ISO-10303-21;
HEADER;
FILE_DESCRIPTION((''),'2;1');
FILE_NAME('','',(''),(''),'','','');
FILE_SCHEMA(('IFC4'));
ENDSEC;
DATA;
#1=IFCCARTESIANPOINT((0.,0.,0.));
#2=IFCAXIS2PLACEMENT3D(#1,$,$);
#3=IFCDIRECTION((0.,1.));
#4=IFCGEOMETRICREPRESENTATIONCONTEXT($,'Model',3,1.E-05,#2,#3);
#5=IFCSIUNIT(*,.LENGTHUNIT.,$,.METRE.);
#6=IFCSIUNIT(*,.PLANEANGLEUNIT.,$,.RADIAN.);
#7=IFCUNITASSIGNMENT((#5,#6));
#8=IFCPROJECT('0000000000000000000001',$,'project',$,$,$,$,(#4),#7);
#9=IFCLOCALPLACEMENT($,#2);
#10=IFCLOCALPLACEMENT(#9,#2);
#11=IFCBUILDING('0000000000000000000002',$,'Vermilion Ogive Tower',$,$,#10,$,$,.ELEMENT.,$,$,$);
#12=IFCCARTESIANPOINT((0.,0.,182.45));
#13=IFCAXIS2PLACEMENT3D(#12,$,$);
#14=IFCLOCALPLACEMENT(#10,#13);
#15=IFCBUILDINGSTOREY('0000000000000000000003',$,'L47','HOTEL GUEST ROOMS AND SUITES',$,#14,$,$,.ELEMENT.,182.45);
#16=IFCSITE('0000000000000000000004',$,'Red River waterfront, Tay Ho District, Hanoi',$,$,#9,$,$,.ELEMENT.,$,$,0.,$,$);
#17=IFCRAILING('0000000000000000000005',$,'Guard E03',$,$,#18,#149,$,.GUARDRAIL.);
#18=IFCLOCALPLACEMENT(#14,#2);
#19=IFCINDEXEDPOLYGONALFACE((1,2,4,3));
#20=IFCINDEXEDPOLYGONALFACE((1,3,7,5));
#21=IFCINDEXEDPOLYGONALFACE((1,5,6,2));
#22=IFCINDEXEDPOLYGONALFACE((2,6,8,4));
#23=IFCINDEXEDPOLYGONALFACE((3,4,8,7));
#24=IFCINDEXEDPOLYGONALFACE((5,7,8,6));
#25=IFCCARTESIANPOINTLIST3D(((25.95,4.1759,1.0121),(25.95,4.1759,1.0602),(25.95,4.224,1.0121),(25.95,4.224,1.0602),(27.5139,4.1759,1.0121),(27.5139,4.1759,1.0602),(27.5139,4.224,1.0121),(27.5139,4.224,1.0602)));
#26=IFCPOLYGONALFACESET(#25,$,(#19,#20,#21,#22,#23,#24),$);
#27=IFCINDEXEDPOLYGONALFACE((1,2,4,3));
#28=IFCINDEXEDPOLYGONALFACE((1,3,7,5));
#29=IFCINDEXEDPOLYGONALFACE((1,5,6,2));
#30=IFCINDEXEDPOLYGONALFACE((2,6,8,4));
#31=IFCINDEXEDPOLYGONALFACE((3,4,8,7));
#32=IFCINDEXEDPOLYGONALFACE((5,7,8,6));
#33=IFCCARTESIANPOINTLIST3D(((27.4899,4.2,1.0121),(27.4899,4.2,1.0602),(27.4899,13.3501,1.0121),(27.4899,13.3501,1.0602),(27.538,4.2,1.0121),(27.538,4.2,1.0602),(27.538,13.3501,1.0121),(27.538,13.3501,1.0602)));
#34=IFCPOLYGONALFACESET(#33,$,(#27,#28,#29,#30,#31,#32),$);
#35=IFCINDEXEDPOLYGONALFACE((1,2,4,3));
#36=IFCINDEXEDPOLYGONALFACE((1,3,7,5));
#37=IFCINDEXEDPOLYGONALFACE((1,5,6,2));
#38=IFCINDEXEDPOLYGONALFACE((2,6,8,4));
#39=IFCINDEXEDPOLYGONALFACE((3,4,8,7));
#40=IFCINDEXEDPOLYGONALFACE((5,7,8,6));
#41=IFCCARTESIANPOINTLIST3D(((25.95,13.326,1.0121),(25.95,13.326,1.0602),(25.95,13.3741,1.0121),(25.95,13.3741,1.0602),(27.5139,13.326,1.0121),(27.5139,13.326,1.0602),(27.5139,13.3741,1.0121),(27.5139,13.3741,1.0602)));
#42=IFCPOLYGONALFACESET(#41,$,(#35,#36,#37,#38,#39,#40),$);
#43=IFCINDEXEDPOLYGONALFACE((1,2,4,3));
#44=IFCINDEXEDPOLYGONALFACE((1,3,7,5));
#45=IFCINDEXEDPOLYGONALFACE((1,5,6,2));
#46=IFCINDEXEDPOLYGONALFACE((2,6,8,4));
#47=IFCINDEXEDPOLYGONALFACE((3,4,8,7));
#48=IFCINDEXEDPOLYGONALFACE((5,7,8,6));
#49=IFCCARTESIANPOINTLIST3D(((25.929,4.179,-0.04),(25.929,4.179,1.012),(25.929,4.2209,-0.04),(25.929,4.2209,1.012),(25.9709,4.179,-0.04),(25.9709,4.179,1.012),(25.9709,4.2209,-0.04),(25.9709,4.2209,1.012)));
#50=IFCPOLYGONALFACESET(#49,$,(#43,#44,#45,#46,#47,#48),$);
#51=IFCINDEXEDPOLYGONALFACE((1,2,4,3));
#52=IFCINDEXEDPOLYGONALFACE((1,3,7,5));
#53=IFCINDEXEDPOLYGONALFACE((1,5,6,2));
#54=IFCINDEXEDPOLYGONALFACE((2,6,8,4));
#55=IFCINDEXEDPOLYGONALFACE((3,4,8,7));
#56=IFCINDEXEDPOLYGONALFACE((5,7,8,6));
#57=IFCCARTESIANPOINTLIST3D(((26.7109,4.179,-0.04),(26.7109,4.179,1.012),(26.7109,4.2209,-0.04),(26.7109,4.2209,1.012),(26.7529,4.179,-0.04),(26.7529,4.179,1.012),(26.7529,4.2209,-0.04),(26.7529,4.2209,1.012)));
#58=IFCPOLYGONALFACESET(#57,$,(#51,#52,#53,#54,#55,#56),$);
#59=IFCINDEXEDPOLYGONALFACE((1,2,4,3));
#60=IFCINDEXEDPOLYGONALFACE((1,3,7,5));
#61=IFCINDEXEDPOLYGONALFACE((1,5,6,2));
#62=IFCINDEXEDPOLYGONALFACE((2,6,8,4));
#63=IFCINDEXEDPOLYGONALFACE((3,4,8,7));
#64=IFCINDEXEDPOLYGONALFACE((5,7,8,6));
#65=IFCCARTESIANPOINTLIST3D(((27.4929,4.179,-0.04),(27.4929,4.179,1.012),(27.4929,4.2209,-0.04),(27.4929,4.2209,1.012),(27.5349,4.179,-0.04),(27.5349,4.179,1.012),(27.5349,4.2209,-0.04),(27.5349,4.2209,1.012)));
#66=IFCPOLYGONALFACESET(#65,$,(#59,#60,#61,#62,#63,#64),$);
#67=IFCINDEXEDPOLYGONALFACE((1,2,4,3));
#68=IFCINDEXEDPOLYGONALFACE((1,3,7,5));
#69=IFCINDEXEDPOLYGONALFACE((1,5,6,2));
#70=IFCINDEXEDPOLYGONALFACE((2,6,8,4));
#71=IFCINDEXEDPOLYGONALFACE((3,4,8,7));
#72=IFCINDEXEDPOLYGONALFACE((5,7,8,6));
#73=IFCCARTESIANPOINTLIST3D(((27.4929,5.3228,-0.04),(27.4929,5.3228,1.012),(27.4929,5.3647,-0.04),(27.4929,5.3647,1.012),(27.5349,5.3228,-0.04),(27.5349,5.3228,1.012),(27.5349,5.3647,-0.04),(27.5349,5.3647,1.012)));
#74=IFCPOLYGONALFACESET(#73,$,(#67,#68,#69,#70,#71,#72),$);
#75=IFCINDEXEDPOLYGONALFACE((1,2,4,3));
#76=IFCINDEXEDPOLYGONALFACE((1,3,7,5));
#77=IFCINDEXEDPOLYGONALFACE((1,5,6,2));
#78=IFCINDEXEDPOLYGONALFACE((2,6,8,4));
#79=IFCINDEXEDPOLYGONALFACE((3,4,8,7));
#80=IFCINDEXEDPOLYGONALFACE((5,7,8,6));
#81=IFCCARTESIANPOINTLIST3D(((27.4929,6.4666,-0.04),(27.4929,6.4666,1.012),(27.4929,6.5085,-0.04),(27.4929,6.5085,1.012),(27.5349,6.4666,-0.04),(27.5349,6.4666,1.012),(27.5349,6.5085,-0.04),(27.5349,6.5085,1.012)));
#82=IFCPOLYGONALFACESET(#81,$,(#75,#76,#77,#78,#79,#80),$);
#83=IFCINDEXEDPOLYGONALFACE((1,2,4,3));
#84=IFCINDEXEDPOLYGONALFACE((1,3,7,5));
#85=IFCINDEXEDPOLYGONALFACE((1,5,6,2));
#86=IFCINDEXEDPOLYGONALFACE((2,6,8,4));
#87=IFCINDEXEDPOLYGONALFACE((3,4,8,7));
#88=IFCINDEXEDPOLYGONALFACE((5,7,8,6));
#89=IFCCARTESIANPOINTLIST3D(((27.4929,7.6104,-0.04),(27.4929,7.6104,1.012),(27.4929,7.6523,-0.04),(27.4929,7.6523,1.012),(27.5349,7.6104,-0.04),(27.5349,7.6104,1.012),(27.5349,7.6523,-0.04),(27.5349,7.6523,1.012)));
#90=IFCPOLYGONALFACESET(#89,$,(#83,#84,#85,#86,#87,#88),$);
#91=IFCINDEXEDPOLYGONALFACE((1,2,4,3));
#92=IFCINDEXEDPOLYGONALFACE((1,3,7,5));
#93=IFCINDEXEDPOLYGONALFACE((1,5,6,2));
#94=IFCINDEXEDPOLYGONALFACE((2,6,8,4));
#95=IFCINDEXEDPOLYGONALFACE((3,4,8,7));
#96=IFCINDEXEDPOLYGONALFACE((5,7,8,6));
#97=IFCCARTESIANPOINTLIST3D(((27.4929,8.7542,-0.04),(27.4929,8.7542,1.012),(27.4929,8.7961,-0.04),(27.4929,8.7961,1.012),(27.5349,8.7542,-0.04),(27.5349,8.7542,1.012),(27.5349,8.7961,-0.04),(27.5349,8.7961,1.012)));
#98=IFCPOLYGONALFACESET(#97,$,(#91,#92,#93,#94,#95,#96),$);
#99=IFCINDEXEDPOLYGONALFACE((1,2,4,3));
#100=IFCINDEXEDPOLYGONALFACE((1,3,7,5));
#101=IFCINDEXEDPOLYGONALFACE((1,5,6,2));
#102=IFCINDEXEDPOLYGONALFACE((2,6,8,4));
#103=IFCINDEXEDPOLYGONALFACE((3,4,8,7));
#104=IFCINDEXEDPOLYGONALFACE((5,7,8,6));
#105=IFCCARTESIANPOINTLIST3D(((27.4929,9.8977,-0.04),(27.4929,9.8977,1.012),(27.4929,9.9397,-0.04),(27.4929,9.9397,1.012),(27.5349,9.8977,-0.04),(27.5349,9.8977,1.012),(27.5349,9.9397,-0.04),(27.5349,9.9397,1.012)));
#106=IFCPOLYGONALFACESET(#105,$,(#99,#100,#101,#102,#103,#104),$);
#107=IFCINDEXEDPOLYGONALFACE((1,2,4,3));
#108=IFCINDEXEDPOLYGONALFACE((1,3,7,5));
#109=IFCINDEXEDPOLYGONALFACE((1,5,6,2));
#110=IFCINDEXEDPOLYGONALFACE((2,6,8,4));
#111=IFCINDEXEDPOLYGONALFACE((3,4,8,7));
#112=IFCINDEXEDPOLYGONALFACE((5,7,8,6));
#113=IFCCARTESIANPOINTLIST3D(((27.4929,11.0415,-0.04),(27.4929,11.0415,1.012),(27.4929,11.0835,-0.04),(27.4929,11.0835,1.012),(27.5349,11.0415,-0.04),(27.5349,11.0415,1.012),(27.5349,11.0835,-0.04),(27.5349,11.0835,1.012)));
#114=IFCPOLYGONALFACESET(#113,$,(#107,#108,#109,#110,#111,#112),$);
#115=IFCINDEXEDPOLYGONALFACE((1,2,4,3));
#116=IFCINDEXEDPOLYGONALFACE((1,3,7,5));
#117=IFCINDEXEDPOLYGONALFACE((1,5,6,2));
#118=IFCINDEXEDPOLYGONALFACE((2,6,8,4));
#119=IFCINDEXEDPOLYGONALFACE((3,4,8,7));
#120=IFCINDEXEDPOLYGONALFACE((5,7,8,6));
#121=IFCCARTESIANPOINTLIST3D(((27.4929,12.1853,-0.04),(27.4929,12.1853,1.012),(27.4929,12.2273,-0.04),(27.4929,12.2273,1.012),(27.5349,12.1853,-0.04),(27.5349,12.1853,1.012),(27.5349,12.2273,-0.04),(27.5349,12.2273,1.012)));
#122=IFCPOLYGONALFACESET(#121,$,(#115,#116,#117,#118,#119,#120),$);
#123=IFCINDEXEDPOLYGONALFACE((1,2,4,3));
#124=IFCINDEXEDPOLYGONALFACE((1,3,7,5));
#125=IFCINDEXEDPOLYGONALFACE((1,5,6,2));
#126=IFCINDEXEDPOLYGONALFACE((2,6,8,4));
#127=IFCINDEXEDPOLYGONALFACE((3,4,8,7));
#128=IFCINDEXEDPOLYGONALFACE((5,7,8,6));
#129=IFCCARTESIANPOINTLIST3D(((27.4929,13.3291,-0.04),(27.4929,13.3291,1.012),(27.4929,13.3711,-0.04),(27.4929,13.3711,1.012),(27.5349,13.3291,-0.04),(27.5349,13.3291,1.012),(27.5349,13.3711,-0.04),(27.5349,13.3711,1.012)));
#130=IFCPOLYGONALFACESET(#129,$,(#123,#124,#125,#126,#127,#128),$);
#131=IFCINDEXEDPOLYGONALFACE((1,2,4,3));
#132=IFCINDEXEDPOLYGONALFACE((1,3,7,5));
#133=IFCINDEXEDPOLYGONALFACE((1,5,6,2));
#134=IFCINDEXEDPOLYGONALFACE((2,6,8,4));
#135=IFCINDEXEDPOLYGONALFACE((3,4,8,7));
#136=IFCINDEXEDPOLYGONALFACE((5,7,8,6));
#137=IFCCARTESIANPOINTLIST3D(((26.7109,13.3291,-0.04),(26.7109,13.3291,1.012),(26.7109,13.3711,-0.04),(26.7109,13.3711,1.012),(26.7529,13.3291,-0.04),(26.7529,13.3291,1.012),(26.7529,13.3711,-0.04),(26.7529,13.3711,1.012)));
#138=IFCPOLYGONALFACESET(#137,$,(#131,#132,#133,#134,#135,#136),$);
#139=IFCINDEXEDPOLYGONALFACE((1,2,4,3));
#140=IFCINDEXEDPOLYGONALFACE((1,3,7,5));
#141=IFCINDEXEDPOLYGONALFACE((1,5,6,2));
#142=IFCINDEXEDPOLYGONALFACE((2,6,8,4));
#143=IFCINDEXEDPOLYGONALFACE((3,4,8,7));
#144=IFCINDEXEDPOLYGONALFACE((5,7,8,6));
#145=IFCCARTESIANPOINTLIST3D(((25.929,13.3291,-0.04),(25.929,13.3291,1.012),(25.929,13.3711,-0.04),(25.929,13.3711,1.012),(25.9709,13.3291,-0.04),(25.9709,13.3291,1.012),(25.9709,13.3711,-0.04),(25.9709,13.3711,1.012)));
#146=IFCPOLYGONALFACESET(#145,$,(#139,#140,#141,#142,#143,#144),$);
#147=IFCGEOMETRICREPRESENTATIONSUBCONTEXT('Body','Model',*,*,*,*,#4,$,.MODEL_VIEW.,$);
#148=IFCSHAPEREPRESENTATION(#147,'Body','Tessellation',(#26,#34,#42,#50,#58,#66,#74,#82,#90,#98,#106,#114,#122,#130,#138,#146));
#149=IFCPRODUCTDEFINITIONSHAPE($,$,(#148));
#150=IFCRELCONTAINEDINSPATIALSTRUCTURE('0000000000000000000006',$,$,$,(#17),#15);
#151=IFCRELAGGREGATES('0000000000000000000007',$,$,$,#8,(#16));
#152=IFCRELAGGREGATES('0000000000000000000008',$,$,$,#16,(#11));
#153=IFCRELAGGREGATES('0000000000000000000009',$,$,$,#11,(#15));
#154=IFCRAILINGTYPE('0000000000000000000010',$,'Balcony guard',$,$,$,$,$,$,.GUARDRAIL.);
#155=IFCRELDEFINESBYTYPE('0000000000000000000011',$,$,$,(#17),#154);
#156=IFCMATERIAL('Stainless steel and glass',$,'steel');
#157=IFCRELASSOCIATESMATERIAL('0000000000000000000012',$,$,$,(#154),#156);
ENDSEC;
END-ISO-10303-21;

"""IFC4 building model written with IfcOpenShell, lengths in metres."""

from ifc_helpers import new_model, si_unit, direction, frame, origin, origin_2d, place, context, subcontext, project, spatial, rectangle, extrude, material, type_object, element, save


model = new_model("IFC4")

# Units and contexts
model_context = context("Model", 3, precision=1e-05, world=origin(), true_north=direction((0.0, 1.0)))
body_context = subcontext(model_context, "Body", "Model", "MODEL_VIEW")
ifc_project = project(units=[si_unit("LENGTHUNIT", "METRE"), si_unit("PLANEANGLEUNIT", "RADIAN")], contexts=[model_context])

# Site, building, storey
site_placement = place(None, origin())
site = spatial("IfcSite", under=ifc_project, at=site_placement, Name="Red River waterfront, Tay Ho District, Hanoi", CompositionType="ELEMENT", RefElevation=0.0)
building_placement = place(site_placement, origin())
building = spatial("IfcBuilding", under=site, at=building_placement, Name="Vermilion Ogive Tower", CompositionType="ELEMENT")
storey_placement = place(building_placement, frame((0.0, 0.0, 182.45)))
storey = spatial("IfcBuildingStorey", under=building, at=storey_placement, Name="L47", Description="HOTEL GUEST ROOMS AND SUITES", CompositionType="ELEMENT", Elevation=182.45)

# Railing
ifc_material_1 = material(Name="Stainless steel and glass", Category="steel")
railing_type_1 = type_object("IfcRailingType", Name="Balcony guard", PredefinedType="GUARDRAIL", material=ifc_material_1)
railing_1_placement = place(storey_placement, frame((25.95, 4.2, -0.04)))
element("IfcRailing", 1, at=railing_1_placement, inside=storey, type_object=railing_type_1, Name="Guard E03", PredefinedType="GUARDRAIL", context=body_context, shape_type="SweptSolid", body=[
    extrude(rectangle(XDim=0.0481, YDim=0.0481, at=origin_2d()), frame((0.0, 0.0, 1.0762), z_axis=(1.0, 0.0, 0.0), x_axis=(0.0, 1.0, 0.0)), (0.0, 0.0, 1.0), 1.564),
    extrude(rectangle(XDim=0.0481, YDim=0.0481, at=origin_2d()), frame((1.564, 0.0, 1.0762), z_axis=(0.0, 1.0, 0.0), x_axis=(-1.0, 0.0, 0.0)), (0.0, 0.0, 1.0), 9.1501),
    extrude(rectangle(XDim=0.0481, YDim=0.0481, at=origin_2d()), frame((1.564, 9.1501, 1.0762), z_axis=(-1.0, 0.0, 0.0), x_axis=(0.0, -1.0, 0.0)), (0.0, 0.0, 1.0), 1.564),
    extrude(rectangle(XDim=0.042, YDim=0.042, at=origin_2d()), origin(), (0.0, 0.0, 1.0), 1.052),
    extrude(rectangle(XDim=0.042, YDim=0.042, at=origin_2d()), frame((0.782, 0.0, 0.0)), (0.0, 0.0, 1.0), 1.052),
    extrude(rectangle(XDim=0.042, YDim=0.042, at=origin_2d()), frame((1.564, 0.0, 0.0)), (0.0, 0.0, 1.0), 1.052),
    extrude(rectangle(XDim=0.042, YDim=0.042, at=origin_2d()), frame((1.564, 1.1438, 0.0)), (0.0, 0.0, 1.0), 1.052),
    extrude(rectangle(XDim=0.042, YDim=0.042, at=origin_2d()), frame((1.564, 2.2876, 0.0)), (0.0, 0.0, 1.0), 1.052),
    extrude(rectangle(XDim=0.042, YDim=0.042, at=origin_2d()), frame((1.564, 3.4314, 0.0)), (0.0, 0.0, 1.0), 1.052),
    extrude(rectangle(XDim=0.042, YDim=0.042, at=origin_2d()), frame((1.564, 4.5752, 0.0)), (0.0, 0.0, 1.0), 1.052),
    extrude(rectangle(XDim=0.042, YDim=0.042, at=origin_2d()), frame((1.564, 5.7188, 0.0)), (0.0, 0.0, 1.0), 1.052),
    extrude(rectangle(XDim=0.042, YDim=0.042, at=origin_2d()), frame((1.564, 6.8625, 0.0)), (0.0, 0.0, 1.0), 1.052),
    extrude(rectangle(XDim=0.042, YDim=0.042, at=origin_2d()), frame((1.564, 8.0063, 0.0)), (0.0, 0.0, 1.0), 1.052),
    extrude(rectangle(XDim=0.042, YDim=0.042, at=origin_2d()), frame((1.564, 9.1501, 0.0)), (0.0, 0.0, 1.0), 1.052),
    extrude(rectangle(XDim=0.042, YDim=0.042, at=origin_2d()), frame((0.782, 9.1501, 0.0)), (0.0, 0.0, 1.0), 1.052),
    extrude(rectangle(XDim=0.042, YDim=0.042, at=origin_2d()), frame((0.0, 9.1501, 0.0)), (0.0, 0.0, 1.0), 1.052),
])

save(model, "model.ifc")
